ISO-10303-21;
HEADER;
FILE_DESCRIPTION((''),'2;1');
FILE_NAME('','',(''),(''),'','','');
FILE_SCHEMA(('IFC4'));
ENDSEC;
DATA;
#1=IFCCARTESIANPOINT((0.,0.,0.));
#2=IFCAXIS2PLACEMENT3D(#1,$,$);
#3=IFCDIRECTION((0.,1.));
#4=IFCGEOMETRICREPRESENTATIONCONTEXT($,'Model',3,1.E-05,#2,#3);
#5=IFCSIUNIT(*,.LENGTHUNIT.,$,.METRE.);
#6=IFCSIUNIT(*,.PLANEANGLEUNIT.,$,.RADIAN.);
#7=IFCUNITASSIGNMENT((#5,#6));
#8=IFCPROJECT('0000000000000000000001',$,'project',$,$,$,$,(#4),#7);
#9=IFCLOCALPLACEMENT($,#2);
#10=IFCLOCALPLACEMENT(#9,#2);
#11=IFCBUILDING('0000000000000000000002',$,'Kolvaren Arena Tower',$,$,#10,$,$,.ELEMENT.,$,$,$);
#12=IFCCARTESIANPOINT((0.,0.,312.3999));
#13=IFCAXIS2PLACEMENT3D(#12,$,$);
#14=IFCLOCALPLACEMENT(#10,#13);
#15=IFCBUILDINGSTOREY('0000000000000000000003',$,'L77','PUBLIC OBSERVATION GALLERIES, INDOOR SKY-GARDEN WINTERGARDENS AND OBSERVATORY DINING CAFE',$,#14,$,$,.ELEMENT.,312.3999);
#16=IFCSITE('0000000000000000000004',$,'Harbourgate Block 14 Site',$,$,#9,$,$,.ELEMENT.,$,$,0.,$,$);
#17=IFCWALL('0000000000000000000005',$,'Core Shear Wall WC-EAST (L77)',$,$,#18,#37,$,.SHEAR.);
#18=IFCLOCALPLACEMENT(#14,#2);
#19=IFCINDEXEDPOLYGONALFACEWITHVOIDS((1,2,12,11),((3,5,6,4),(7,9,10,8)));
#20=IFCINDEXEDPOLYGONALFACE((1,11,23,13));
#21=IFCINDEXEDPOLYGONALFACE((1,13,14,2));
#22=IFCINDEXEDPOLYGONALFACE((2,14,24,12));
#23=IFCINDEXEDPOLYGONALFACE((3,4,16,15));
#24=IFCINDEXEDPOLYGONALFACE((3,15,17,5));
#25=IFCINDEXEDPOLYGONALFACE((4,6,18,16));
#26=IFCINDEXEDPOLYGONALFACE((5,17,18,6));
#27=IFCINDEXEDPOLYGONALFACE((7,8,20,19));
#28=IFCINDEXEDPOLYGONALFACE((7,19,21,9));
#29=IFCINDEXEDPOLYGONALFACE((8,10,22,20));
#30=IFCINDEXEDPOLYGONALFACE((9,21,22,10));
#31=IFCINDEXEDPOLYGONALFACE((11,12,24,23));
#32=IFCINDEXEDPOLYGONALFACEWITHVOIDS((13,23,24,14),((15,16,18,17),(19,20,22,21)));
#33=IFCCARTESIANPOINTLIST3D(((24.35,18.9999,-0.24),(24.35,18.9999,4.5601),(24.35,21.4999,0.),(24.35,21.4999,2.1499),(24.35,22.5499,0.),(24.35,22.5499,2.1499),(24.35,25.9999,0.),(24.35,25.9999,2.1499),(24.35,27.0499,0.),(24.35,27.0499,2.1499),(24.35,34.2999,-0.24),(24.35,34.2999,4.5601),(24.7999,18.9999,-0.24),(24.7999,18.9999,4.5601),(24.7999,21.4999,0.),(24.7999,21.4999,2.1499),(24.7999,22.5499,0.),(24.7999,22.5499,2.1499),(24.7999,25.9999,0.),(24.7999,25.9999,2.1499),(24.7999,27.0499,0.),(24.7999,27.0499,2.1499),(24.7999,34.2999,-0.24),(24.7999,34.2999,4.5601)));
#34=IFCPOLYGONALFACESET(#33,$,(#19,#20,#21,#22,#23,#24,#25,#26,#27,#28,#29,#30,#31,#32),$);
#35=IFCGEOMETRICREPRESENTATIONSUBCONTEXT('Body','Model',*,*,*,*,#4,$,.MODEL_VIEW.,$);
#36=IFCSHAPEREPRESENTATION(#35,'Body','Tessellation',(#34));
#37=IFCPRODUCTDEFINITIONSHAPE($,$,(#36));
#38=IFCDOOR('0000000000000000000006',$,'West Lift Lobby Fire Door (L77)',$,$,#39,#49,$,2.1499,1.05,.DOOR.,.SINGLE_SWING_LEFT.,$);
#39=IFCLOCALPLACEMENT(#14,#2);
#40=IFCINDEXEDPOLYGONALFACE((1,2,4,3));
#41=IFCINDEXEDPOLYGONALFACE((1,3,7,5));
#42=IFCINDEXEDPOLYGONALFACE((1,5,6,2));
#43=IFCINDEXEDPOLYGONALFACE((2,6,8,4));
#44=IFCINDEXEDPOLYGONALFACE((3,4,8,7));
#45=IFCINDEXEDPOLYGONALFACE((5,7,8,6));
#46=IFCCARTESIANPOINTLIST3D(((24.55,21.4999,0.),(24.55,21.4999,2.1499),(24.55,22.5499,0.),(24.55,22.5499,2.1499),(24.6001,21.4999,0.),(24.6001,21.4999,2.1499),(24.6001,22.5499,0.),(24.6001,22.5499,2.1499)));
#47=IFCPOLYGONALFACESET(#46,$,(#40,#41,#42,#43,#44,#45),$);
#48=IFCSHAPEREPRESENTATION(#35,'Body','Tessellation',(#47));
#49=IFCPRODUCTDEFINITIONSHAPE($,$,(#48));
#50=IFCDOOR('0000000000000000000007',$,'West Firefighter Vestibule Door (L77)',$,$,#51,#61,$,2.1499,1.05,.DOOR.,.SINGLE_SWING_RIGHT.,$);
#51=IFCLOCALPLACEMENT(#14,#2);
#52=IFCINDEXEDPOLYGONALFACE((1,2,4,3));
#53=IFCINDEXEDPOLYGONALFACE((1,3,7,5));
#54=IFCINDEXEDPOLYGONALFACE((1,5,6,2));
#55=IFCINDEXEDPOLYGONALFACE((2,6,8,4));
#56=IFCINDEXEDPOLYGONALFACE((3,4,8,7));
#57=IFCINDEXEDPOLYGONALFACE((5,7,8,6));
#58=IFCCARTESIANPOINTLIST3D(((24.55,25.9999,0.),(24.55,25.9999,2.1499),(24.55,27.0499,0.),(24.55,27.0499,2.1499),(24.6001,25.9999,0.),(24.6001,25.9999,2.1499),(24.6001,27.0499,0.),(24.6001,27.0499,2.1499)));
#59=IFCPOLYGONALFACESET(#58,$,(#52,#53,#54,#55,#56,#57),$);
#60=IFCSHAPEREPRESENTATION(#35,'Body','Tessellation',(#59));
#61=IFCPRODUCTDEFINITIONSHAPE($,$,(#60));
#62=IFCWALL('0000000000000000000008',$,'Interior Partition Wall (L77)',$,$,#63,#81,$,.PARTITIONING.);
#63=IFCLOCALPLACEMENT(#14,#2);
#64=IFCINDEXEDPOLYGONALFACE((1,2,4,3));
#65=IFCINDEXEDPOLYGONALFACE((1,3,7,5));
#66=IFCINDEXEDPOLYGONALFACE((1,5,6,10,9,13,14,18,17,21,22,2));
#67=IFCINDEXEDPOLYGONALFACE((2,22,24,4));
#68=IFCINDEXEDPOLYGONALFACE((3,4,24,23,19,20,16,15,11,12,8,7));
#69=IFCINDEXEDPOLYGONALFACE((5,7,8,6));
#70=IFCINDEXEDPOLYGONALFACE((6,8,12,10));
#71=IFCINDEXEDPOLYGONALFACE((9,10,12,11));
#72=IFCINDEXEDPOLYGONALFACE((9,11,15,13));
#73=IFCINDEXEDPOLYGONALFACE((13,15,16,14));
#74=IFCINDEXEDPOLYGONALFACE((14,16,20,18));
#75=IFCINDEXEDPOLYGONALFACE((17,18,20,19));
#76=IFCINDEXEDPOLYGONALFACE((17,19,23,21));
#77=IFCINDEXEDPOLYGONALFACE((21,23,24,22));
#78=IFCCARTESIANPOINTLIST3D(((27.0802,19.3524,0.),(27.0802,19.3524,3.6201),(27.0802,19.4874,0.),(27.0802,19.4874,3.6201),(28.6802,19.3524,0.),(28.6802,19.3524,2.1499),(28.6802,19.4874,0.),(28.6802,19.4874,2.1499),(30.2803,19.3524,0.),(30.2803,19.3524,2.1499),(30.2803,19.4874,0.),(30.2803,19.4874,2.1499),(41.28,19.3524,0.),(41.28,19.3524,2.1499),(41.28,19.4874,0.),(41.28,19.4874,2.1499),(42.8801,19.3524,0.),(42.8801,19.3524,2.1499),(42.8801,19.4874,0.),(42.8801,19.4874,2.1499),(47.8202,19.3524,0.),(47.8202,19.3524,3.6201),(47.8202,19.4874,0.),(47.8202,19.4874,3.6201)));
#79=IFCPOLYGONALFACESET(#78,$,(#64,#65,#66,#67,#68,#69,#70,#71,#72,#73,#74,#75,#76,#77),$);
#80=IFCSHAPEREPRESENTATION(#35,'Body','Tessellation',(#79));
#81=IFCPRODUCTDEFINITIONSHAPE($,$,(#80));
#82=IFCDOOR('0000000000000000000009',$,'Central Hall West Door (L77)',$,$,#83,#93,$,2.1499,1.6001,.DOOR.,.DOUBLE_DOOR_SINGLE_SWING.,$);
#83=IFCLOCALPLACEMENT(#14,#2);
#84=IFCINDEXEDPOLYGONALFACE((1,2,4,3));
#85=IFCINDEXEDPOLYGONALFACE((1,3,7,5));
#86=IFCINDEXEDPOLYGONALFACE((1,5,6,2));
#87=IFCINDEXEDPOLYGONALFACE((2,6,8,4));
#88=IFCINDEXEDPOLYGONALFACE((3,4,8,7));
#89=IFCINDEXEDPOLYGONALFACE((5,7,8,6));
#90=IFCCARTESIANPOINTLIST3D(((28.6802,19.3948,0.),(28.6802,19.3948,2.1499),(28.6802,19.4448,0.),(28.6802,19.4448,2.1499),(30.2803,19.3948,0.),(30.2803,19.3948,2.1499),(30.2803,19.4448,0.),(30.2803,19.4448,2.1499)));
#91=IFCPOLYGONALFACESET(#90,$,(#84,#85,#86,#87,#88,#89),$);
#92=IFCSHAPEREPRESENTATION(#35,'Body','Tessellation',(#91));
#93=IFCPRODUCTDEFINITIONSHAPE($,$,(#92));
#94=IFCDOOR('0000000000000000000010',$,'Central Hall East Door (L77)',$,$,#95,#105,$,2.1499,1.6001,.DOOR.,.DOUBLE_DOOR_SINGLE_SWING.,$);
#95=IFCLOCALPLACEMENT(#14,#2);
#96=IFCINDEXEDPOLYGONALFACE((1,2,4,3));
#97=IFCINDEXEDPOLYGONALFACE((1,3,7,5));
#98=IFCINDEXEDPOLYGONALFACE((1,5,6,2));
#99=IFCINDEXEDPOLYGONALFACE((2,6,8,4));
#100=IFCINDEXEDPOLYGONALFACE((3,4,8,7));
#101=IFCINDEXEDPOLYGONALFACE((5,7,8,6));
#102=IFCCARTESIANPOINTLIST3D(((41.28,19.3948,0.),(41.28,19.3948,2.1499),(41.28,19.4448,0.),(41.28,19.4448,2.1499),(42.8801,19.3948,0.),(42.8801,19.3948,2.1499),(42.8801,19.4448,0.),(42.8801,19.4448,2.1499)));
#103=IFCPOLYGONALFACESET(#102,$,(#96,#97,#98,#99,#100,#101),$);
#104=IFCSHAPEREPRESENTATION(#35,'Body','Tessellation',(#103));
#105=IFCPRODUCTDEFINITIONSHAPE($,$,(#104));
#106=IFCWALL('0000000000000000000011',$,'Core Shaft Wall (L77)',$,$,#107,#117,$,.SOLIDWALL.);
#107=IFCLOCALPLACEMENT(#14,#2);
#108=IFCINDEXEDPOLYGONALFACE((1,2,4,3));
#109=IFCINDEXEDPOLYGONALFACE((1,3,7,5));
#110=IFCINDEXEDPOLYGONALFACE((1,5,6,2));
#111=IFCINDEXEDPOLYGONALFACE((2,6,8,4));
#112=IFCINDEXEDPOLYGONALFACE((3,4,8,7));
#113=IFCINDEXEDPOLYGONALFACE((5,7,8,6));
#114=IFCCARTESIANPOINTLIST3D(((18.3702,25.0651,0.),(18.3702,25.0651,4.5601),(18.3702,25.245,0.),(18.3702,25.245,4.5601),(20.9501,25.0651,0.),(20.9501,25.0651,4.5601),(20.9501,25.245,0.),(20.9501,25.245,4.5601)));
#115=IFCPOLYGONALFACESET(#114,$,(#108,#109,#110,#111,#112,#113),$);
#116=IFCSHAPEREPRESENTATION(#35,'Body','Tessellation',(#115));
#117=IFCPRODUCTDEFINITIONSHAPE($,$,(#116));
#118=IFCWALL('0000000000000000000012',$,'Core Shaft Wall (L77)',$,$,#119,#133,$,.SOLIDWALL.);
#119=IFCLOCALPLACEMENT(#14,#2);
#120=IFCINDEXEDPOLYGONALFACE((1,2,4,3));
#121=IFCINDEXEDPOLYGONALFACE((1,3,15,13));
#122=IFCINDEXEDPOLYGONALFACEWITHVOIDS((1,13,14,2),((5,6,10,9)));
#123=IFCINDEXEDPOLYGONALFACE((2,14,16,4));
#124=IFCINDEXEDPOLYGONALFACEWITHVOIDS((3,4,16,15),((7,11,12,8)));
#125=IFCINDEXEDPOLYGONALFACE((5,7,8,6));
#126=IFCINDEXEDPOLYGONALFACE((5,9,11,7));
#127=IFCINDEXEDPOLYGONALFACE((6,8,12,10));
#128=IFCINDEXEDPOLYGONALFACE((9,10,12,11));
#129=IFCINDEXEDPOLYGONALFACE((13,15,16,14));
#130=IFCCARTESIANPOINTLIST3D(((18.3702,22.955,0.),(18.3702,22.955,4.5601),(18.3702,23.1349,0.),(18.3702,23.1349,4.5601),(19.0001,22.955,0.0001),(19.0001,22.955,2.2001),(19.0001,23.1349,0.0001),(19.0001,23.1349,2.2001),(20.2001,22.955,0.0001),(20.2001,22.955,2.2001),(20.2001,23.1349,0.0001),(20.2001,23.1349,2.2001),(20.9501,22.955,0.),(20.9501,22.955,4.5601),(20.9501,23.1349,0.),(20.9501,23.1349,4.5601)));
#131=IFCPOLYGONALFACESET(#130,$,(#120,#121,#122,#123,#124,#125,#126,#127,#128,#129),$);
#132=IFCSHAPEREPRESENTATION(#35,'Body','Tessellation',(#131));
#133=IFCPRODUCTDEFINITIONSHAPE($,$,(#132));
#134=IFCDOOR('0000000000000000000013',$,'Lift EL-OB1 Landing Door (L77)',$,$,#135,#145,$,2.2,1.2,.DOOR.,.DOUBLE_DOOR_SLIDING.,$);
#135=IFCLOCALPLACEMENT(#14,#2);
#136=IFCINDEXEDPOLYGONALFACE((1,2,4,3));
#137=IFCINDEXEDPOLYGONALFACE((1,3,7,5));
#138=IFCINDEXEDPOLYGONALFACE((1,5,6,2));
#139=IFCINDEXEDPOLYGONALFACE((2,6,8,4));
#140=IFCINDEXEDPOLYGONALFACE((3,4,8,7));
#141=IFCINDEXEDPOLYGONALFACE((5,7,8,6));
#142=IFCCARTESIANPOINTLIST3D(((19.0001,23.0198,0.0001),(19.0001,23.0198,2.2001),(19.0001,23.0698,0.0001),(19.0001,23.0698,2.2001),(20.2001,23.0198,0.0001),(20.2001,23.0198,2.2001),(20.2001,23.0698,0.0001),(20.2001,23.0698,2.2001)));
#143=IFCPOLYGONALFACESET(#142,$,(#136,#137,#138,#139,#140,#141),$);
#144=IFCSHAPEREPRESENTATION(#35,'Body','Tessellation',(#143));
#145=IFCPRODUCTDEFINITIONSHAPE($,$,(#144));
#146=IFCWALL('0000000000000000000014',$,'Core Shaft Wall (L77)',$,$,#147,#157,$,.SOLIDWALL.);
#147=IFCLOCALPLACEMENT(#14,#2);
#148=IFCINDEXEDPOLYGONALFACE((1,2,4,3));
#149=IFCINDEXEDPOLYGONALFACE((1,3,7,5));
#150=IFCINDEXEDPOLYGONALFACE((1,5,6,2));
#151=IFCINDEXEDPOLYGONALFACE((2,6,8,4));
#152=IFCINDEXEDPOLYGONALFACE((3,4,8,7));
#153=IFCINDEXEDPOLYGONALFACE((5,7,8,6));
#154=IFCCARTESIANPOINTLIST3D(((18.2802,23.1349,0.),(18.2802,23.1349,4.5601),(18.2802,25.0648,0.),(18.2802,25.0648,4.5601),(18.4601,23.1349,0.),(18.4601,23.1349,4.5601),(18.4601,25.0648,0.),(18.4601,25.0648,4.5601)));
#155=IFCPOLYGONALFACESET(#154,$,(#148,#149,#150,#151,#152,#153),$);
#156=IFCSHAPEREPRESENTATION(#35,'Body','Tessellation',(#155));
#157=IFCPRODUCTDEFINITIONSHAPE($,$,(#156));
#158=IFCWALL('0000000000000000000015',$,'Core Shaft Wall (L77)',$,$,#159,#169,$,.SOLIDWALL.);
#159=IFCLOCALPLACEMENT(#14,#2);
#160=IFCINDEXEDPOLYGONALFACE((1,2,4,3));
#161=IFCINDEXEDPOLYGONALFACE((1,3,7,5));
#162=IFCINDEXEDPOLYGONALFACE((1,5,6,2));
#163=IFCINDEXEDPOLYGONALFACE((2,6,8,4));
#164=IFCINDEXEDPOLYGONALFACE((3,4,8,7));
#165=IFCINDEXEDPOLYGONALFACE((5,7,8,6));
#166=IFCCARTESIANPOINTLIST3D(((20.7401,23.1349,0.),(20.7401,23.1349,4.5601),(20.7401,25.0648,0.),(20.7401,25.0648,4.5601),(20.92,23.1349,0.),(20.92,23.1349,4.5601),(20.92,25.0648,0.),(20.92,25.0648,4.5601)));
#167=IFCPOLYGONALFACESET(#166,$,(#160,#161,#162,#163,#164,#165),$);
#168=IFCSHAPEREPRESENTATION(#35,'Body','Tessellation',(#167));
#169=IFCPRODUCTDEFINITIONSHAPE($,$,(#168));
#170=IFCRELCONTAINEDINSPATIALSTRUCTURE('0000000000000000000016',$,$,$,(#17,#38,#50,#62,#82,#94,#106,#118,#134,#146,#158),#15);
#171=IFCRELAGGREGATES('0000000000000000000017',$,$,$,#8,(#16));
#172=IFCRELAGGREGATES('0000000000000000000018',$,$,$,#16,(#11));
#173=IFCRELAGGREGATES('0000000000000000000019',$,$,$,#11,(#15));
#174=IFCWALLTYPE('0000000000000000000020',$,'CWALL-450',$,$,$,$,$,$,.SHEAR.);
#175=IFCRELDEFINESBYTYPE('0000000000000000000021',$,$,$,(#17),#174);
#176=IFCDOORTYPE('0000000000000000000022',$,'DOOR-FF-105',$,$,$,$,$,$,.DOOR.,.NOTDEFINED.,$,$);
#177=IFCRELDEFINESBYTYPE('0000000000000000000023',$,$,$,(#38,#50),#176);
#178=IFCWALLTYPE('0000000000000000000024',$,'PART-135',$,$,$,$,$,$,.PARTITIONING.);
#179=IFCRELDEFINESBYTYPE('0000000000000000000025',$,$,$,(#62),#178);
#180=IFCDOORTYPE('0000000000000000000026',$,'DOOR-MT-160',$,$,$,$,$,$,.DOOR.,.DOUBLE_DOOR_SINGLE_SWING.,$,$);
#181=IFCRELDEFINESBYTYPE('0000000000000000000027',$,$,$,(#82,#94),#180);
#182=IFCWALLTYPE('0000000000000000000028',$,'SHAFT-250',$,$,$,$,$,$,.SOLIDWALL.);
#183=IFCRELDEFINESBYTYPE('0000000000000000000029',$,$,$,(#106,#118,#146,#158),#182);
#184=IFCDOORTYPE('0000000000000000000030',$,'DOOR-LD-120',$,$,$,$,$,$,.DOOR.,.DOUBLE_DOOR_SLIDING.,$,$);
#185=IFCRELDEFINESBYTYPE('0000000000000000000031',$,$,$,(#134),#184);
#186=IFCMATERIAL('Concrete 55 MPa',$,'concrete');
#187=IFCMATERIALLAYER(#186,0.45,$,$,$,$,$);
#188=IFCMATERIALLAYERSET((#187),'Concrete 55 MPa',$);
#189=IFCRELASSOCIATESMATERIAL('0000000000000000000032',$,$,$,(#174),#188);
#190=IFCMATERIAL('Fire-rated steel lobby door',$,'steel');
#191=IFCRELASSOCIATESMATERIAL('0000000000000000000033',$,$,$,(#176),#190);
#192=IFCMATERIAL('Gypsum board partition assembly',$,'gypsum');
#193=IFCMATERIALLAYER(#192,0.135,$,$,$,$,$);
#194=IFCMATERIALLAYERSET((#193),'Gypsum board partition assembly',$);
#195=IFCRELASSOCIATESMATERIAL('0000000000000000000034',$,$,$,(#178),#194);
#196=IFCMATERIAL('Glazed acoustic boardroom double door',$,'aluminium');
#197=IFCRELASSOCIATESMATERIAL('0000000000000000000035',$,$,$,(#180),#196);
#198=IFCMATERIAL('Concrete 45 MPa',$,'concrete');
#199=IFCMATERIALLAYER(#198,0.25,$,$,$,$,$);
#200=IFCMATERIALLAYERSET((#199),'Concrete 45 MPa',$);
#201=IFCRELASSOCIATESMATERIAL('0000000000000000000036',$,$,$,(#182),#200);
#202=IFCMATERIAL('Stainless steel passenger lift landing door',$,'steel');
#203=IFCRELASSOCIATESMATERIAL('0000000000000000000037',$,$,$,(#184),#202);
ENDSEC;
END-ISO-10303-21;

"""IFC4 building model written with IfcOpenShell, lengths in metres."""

from ifc_helpers import new_model, si_unit, direction, frame, frame_2d, origin, place, context, subcontext, project, spatial, rectangle, extrude, material, layer, layer_set, type_object, element, fill, save


model = new_model("IFC4")

# Units and contexts
model_context = context("Model", 3, precision=1e-05, world=origin(), true_north=direction((0.0, 1.0)))
body_context = subcontext(model_context, "Body", "Model", "MODEL_VIEW")
ifc_project = project(units=[si_unit("LENGTHUNIT", "METRE"), si_unit("PLANEANGLEUNIT", "RADIAN")], contexts=[model_context])

# Site, building, storey
site_placement = place(None, origin())
site = spatial("IfcSite", under=ifc_project, at=site_placement, Name="Harbourgate Block 14 Site", CompositionType="ELEMENT", RefElevation=0.0)
building_placement = place(site_placement, origin())
building = spatial("IfcBuilding", under=site, at=building_placement, Name="Kolvaren Arena Tower", CompositionType="ELEMENT")
storey_placement = place(building_placement, frame((0.0, 0.0, 312.3999)))
storey = spatial("IfcBuildingStorey", under=building, at=storey_placement, Name="L77", Description="PUBLIC OBSERVATION GALLERIES, INDOOR SKY-GARDEN WINTERGARDENS AND OBSERVATORY DINING CAFE", CompositionType="ELEMENT", Elevation=312.3999)

# Walls, openings, doors
ifc_material_1 = material(Name="Concrete 55 MPa", Category="concrete")
ifc_layer_1 = layer(ifc_material_1, 0.45)
ifc_layer_set_1 = layer_set([ifc_layer_1], Name="Concrete 55 MPa")
wall_type_1 = type_object("IfcWallType", Name="CWALL-450", PredefinedType="SHEAR", material=ifc_layer_set_1)
wall_1_placement = place(storey_placement, frame((24.575, 19.0, -0.24), z_axis=(0.0, 0.0, 1.0), x_axis=(0.0, 1.0, 0.0)))
wall_1 = element("IfcWall", 1, at=wall_1_placement, inside=storey, type_object=wall_type_1, Name="Core Shear Wall WC-EAST (L77)", PredefinedType="SHEAR", context=body_context, shape_type="SweptSolid", body=[
    extrude(rectangle(XDim=15.3, YDim=0.45, at=frame_2d((7.6499, 0.0))), origin(), (0.0, 0.0, 1.0), 4.8),
])
opening_1_placement = place(wall_1_placement, frame((2.5, 0.0, 0.24)))
opening_1 = element("IfcOpeningElement", 2, at=opening_1_placement, cuts=wall_1, PredefinedType="OPENING", context=body_context, shape_type="SweptSolid", body=[
    extrude(rectangle(XDim=1.05, YDim=2.1499, at=frame_2d((0.5249, 1.075))), frame((0.0, 0.2349, 0.0), z_axis=(0.0, -1.0, 0.0), x_axis=(1.0, 0.0, 0.0)), (0.0, 0.0, 1.0), 0.47),
])
opening_2_placement = place(wall_1_placement, frame((7.0, 0.0, 0.24)))
opening_2 = element("IfcOpeningElement", 3, at=opening_2_placement, cuts=wall_1, PredefinedType="OPENING", context=body_context, shape_type="SweptSolid", body=[
    extrude(rectangle(XDim=1.05, YDim=2.1499, at=frame_2d((0.5249, 1.075))), frame((0.0, 0.2349, 0.0), z_axis=(0.0, -1.0, 0.0), x_axis=(1.0, 0.0, 0.0)), (0.0, 0.0, 1.0), 0.47),
])
ifc_material_2 = material(Name="Fire-rated steel lobby door", Category="steel")
door_type_1 = type_object("IfcDoorType", Name="DOOR-FF-105", OperationType="NOTDEFINED", PredefinedType="DOOR", material=ifc_material_2)
door_1_placement = place(opening_1_placement, origin())
door_1 = element("IfcDoor", 4, at=door_1_placement, inside=storey, type_object=door_type_1, Name="West Lift Lobby Fire Door (L77)", OperationType="SINGLE_SWING_LEFT", OverallHeight=2.1499, OverallWidth=1.05, PredefinedType="DOOR", context=body_context, shape_type="SweptSolid", body=[
    extrude(rectangle(XDim=1.05, YDim=2.1499, at=frame_2d((0.5249, 1.075))), frame((0.0, 0.0249, 0.0), z_axis=(0.0, -1.0, 0.0), x_axis=(1.0, 0.0, 0.0)), (0.0, 0.0, 1.0), 0.05),
])
fill(opening_1, door_1)
door_2_placement = place(opening_2_placement, origin())
door_2 = element("IfcDoor", 5, at=door_2_placement, inside=storey, type_object=door_type_1, Name="West Firefighter Vestibule Door (L77)", OperationType="SINGLE_SWING_RIGHT", OverallHeight=2.1499, OverallWidth=1.05, PredefinedType="DOOR", context=body_context, shape_type="SweptSolid", body=[
    extrude(rectangle(XDim=1.05, YDim=2.1499, at=frame_2d((0.5249, 1.075))), frame((0.0, 0.0249, 0.0), z_axis=(0.0, -1.0, 0.0), x_axis=(1.0, 0.0, 0.0)), (0.0, 0.0, 1.0), 0.05),
])
fill(opening_2, door_2)
ifc_material_3 = material(Name="Gypsum board partition assembly", Category="gypsum")
ifc_layer_2 = layer(ifc_material_3, 0.135)
ifc_layer_set_2 = layer_set([ifc_layer_2], Name="Gypsum board partition assembly")
wall_type_2 = type_object("IfcWallType", Name="PART-135", PredefinedType="PARTITIONING", material=ifc_layer_set_2)
wall_2_placement = place(storey_placement, frame((27.0801, 19.4199, 0.0), z_axis=(0.0, 0.0, 1.0), x_axis=(1.0, 0.0, 0.0)))
wall_2 = element("IfcWall", 6, at=wall_2_placement, inside=storey, type_object=wall_type_2, Name="Interior Partition Wall (L77)", PredefinedType="PARTITIONING", context=body_context, shape_type="SweptSolid", body=[
    extrude(rectangle(XDim=20.74, YDim=0.135, at=frame_2d((10.3701, 0.0))), origin(), (0.0, 0.0, 1.0), 3.6201),
])
opening_3_placement = place(wall_2_placement, frame((1.6001, 0.0, 0.0)))
opening_3 = element("IfcOpeningElement", 7, at=opening_3_placement, cuts=wall_2, PredefinedType="OPENING", context=body_context, shape_type="SweptSolid", body=[
    extrude(rectangle(XDim=1.6001, YDim=2.1499, at=frame_2d((0.8, 1.075))), frame((0.0, 0.0774, 0.0), z_axis=(0.0, -1.0, 0.0), x_axis=(1.0, 0.0, 0.0)), (0.0, 0.0, 1.0), 0.155),
])
opening_4_placement = place(wall_2_placement, frame((14.2, 0.0, 0.0)))
opening_4 = element("IfcOpeningElement", 8, at=opening_4_placement, cuts=wall_2, PredefinedType="OPENING", context=body_context, shape_type="SweptSolid", body=[
    extrude(rectangle(XDim=1.6001, YDim=2.1499, at=frame_2d((0.8, 1.075))), frame((0.0, 0.0774, 0.0), z_axis=(0.0, -1.0, 0.0), x_axis=(1.0, 0.0, 0.0)), (0.0, 0.0, 1.0), 0.155),
])
ifc_material_4 = material(Name="Glazed acoustic boardroom double door", Category="aluminium")
door_type_2 = type_object("IfcDoorType", Name="DOOR-MT-160", OperationType="DOUBLE_DOOR_SINGLE_SWING", PredefinedType="DOOR", material=ifc_material_4)
door_3_placement = place(opening_3_placement, origin())
door_3 = element("IfcDoor", 9, at=door_3_placement, inside=storey, type_object=door_type_2, Name="Central Hall West Door (L77)", OperationType="DOUBLE_DOOR_SINGLE_SWING", OverallHeight=2.1499, OverallWidth=1.6001, PredefinedType="DOOR", context=body_context, shape_type="SweptSolid", body=[
    extrude(rectangle(XDim=1.6001, YDim=2.1499, at=frame_2d((0.8, 1.075))), frame((0.0, 0.0249, 0.0), z_axis=(0.0, -1.0, 0.0), x_axis=(1.0, 0.0, 0.0)), (0.0, 0.0, 1.0), 0.05),
])
fill(opening_3, door_3)
door_4_placement = place(opening_4_placement, origin())
door_4 = element("IfcDoor", 10, at=door_4_placement, inside=storey, type_object=door_type_2, Name="Central Hall East Door (L77)", OperationType="DOUBLE_DOOR_SINGLE_SWING", OverallHeight=2.1499, OverallWidth=1.6001, PredefinedType="DOOR", context=body_context, shape_type="SweptSolid", body=[
    extrude(rectangle(XDim=1.6001, YDim=2.1499, at=frame_2d((0.8, 1.075))), frame((0.0, 0.0249, 0.0), z_axis=(0.0, -1.0, 0.0), x_axis=(1.0, 0.0, 0.0)), (0.0, 0.0, 1.0), 0.05),
])
fill(opening_4, door_4)

# Wall
ifc_material_5 = material(Name="Concrete 45 MPa", Category="concrete")
ifc_layer_3 = layer(ifc_material_5, 0.25)
ifc_layer_set_3 = layer_set([ifc_layer_3], Name="Concrete 45 MPa")
wall_type_3 = type_object("IfcWallType", Name="SHAFT-250", PredefinedType="SOLIDWALL", material=ifc_layer_set_3)
wall_3_placement = place(storey_placement, frame((18.3701, 25.155, 0.0), z_axis=(0.0, 0.0, 1.0), x_axis=(1.0, 0.0, 0.0)))
element("IfcWall", 11, at=wall_3_placement, inside=storey, type_object=wall_type_3, Name="Core Shaft Wall (L77)", PredefinedType="SOLIDWALL", context=body_context, shape_type="SweptSolid", body=[
    extrude(rectangle(XDim=2.5798, YDim=0.1799, at=frame_2d((1.29, 0.0))), origin(), (0.0, 0.0, 1.0), 4.5601),
])

# Wall, opening, door
wall_4_placement = place(storey_placement, frame((18.3701, 23.0449, 0.0), z_axis=(0.0, 0.0, 1.0), x_axis=(1.0, 0.0, 0.0)))
wall_4 = element("IfcWall", 12, at=wall_4_placement, inside=storey, type_object=wall_type_3, Name="Core Shaft Wall (L77)", PredefinedType="SOLIDWALL", context=body_context, shape_type="SweptSolid", body=[
    extrude(rectangle(XDim=2.5798, YDim=0.1799, at=frame_2d((1.29, 0.0))), origin(), (0.0, 0.0, 1.0), 4.5601),
])
opening_5_placement = place(wall_4_placement, frame((0.6299, 0.0, 0.0)))
opening_5 = element("IfcOpeningElement", 13, at=opening_5_placement, cuts=wall_4, PredefinedType="OPENING", context=body_context, shape_type="SweptSolid", body=[
    extrude(rectangle(XDim=1.2, YDim=2.2, at=frame_2d((0.6001, 1.1001))), frame((0.0, 0.0999, 0.0), z_axis=(0.0, -1.0, 0.0), x_axis=(1.0, 0.0, 0.0)), (0.0, 0.0, 1.0), 0.2),
])
ifc_material_6 = material(Name="Stainless steel passenger lift landing door", Category="steel")
door_type_3 = type_object("IfcDoorType", Name="DOOR-LD-120", OperationType="DOUBLE_DOOR_SLIDING", PredefinedType="DOOR", material=ifc_material_6)
door_5_placement = place(opening_5_placement, origin())
door_5 = element("IfcDoor", 14, at=door_5_placement, inside=storey, type_object=door_type_3, Name="Lift EL-OB1 Landing Door (L77)", OperationType="DOUBLE_DOOR_SLIDING", OverallHeight=2.2, OverallWidth=1.2, PredefinedType="DOOR", context=body_context, shape_type="SweptSolid", body=[
    extrude(rectangle(XDim=1.2, YDim=2.2, at=frame_2d((0.6001, 1.1001))), frame((0.0, 0.0249, 0.0), z_axis=(0.0, -1.0, 0.0), x_axis=(1.0, 0.0, 0.0)), (0.0, 0.0, 1.0), 0.05),
])
fill(opening_5, door_5)

# Walls
for number, where, z_axis, x_axis, name in (
    (15, (18.3701, 23.135, 0.0), (0.0, 0.0, 1.0), (0.0, 1.0, 0.0), "Core Shaft Wall (L77)"),
    (16, (20.8301, 23.135, 0.0), (0.0, 0.0, 1.0), (0.0, 1.0, 0.0), "Core Shaft Wall (L77)"),
):
    element("IfcWall", number, at=place(storey_placement, frame(where, z_axis=z_axis, x_axis=x_axis)), inside=storey, type_object=wall_type_3, Name=name, PredefinedType="SOLIDWALL", context=body_context, shape_type="SweptSolid", body=[
        extrude(rectangle(XDim=1.9299, YDim=0.1799, at=frame_2d((0.9648, 0.0))), origin(), (0.0, 0.0, 1.0), 4.5601),
    ])

save(model, "model.ifc")
